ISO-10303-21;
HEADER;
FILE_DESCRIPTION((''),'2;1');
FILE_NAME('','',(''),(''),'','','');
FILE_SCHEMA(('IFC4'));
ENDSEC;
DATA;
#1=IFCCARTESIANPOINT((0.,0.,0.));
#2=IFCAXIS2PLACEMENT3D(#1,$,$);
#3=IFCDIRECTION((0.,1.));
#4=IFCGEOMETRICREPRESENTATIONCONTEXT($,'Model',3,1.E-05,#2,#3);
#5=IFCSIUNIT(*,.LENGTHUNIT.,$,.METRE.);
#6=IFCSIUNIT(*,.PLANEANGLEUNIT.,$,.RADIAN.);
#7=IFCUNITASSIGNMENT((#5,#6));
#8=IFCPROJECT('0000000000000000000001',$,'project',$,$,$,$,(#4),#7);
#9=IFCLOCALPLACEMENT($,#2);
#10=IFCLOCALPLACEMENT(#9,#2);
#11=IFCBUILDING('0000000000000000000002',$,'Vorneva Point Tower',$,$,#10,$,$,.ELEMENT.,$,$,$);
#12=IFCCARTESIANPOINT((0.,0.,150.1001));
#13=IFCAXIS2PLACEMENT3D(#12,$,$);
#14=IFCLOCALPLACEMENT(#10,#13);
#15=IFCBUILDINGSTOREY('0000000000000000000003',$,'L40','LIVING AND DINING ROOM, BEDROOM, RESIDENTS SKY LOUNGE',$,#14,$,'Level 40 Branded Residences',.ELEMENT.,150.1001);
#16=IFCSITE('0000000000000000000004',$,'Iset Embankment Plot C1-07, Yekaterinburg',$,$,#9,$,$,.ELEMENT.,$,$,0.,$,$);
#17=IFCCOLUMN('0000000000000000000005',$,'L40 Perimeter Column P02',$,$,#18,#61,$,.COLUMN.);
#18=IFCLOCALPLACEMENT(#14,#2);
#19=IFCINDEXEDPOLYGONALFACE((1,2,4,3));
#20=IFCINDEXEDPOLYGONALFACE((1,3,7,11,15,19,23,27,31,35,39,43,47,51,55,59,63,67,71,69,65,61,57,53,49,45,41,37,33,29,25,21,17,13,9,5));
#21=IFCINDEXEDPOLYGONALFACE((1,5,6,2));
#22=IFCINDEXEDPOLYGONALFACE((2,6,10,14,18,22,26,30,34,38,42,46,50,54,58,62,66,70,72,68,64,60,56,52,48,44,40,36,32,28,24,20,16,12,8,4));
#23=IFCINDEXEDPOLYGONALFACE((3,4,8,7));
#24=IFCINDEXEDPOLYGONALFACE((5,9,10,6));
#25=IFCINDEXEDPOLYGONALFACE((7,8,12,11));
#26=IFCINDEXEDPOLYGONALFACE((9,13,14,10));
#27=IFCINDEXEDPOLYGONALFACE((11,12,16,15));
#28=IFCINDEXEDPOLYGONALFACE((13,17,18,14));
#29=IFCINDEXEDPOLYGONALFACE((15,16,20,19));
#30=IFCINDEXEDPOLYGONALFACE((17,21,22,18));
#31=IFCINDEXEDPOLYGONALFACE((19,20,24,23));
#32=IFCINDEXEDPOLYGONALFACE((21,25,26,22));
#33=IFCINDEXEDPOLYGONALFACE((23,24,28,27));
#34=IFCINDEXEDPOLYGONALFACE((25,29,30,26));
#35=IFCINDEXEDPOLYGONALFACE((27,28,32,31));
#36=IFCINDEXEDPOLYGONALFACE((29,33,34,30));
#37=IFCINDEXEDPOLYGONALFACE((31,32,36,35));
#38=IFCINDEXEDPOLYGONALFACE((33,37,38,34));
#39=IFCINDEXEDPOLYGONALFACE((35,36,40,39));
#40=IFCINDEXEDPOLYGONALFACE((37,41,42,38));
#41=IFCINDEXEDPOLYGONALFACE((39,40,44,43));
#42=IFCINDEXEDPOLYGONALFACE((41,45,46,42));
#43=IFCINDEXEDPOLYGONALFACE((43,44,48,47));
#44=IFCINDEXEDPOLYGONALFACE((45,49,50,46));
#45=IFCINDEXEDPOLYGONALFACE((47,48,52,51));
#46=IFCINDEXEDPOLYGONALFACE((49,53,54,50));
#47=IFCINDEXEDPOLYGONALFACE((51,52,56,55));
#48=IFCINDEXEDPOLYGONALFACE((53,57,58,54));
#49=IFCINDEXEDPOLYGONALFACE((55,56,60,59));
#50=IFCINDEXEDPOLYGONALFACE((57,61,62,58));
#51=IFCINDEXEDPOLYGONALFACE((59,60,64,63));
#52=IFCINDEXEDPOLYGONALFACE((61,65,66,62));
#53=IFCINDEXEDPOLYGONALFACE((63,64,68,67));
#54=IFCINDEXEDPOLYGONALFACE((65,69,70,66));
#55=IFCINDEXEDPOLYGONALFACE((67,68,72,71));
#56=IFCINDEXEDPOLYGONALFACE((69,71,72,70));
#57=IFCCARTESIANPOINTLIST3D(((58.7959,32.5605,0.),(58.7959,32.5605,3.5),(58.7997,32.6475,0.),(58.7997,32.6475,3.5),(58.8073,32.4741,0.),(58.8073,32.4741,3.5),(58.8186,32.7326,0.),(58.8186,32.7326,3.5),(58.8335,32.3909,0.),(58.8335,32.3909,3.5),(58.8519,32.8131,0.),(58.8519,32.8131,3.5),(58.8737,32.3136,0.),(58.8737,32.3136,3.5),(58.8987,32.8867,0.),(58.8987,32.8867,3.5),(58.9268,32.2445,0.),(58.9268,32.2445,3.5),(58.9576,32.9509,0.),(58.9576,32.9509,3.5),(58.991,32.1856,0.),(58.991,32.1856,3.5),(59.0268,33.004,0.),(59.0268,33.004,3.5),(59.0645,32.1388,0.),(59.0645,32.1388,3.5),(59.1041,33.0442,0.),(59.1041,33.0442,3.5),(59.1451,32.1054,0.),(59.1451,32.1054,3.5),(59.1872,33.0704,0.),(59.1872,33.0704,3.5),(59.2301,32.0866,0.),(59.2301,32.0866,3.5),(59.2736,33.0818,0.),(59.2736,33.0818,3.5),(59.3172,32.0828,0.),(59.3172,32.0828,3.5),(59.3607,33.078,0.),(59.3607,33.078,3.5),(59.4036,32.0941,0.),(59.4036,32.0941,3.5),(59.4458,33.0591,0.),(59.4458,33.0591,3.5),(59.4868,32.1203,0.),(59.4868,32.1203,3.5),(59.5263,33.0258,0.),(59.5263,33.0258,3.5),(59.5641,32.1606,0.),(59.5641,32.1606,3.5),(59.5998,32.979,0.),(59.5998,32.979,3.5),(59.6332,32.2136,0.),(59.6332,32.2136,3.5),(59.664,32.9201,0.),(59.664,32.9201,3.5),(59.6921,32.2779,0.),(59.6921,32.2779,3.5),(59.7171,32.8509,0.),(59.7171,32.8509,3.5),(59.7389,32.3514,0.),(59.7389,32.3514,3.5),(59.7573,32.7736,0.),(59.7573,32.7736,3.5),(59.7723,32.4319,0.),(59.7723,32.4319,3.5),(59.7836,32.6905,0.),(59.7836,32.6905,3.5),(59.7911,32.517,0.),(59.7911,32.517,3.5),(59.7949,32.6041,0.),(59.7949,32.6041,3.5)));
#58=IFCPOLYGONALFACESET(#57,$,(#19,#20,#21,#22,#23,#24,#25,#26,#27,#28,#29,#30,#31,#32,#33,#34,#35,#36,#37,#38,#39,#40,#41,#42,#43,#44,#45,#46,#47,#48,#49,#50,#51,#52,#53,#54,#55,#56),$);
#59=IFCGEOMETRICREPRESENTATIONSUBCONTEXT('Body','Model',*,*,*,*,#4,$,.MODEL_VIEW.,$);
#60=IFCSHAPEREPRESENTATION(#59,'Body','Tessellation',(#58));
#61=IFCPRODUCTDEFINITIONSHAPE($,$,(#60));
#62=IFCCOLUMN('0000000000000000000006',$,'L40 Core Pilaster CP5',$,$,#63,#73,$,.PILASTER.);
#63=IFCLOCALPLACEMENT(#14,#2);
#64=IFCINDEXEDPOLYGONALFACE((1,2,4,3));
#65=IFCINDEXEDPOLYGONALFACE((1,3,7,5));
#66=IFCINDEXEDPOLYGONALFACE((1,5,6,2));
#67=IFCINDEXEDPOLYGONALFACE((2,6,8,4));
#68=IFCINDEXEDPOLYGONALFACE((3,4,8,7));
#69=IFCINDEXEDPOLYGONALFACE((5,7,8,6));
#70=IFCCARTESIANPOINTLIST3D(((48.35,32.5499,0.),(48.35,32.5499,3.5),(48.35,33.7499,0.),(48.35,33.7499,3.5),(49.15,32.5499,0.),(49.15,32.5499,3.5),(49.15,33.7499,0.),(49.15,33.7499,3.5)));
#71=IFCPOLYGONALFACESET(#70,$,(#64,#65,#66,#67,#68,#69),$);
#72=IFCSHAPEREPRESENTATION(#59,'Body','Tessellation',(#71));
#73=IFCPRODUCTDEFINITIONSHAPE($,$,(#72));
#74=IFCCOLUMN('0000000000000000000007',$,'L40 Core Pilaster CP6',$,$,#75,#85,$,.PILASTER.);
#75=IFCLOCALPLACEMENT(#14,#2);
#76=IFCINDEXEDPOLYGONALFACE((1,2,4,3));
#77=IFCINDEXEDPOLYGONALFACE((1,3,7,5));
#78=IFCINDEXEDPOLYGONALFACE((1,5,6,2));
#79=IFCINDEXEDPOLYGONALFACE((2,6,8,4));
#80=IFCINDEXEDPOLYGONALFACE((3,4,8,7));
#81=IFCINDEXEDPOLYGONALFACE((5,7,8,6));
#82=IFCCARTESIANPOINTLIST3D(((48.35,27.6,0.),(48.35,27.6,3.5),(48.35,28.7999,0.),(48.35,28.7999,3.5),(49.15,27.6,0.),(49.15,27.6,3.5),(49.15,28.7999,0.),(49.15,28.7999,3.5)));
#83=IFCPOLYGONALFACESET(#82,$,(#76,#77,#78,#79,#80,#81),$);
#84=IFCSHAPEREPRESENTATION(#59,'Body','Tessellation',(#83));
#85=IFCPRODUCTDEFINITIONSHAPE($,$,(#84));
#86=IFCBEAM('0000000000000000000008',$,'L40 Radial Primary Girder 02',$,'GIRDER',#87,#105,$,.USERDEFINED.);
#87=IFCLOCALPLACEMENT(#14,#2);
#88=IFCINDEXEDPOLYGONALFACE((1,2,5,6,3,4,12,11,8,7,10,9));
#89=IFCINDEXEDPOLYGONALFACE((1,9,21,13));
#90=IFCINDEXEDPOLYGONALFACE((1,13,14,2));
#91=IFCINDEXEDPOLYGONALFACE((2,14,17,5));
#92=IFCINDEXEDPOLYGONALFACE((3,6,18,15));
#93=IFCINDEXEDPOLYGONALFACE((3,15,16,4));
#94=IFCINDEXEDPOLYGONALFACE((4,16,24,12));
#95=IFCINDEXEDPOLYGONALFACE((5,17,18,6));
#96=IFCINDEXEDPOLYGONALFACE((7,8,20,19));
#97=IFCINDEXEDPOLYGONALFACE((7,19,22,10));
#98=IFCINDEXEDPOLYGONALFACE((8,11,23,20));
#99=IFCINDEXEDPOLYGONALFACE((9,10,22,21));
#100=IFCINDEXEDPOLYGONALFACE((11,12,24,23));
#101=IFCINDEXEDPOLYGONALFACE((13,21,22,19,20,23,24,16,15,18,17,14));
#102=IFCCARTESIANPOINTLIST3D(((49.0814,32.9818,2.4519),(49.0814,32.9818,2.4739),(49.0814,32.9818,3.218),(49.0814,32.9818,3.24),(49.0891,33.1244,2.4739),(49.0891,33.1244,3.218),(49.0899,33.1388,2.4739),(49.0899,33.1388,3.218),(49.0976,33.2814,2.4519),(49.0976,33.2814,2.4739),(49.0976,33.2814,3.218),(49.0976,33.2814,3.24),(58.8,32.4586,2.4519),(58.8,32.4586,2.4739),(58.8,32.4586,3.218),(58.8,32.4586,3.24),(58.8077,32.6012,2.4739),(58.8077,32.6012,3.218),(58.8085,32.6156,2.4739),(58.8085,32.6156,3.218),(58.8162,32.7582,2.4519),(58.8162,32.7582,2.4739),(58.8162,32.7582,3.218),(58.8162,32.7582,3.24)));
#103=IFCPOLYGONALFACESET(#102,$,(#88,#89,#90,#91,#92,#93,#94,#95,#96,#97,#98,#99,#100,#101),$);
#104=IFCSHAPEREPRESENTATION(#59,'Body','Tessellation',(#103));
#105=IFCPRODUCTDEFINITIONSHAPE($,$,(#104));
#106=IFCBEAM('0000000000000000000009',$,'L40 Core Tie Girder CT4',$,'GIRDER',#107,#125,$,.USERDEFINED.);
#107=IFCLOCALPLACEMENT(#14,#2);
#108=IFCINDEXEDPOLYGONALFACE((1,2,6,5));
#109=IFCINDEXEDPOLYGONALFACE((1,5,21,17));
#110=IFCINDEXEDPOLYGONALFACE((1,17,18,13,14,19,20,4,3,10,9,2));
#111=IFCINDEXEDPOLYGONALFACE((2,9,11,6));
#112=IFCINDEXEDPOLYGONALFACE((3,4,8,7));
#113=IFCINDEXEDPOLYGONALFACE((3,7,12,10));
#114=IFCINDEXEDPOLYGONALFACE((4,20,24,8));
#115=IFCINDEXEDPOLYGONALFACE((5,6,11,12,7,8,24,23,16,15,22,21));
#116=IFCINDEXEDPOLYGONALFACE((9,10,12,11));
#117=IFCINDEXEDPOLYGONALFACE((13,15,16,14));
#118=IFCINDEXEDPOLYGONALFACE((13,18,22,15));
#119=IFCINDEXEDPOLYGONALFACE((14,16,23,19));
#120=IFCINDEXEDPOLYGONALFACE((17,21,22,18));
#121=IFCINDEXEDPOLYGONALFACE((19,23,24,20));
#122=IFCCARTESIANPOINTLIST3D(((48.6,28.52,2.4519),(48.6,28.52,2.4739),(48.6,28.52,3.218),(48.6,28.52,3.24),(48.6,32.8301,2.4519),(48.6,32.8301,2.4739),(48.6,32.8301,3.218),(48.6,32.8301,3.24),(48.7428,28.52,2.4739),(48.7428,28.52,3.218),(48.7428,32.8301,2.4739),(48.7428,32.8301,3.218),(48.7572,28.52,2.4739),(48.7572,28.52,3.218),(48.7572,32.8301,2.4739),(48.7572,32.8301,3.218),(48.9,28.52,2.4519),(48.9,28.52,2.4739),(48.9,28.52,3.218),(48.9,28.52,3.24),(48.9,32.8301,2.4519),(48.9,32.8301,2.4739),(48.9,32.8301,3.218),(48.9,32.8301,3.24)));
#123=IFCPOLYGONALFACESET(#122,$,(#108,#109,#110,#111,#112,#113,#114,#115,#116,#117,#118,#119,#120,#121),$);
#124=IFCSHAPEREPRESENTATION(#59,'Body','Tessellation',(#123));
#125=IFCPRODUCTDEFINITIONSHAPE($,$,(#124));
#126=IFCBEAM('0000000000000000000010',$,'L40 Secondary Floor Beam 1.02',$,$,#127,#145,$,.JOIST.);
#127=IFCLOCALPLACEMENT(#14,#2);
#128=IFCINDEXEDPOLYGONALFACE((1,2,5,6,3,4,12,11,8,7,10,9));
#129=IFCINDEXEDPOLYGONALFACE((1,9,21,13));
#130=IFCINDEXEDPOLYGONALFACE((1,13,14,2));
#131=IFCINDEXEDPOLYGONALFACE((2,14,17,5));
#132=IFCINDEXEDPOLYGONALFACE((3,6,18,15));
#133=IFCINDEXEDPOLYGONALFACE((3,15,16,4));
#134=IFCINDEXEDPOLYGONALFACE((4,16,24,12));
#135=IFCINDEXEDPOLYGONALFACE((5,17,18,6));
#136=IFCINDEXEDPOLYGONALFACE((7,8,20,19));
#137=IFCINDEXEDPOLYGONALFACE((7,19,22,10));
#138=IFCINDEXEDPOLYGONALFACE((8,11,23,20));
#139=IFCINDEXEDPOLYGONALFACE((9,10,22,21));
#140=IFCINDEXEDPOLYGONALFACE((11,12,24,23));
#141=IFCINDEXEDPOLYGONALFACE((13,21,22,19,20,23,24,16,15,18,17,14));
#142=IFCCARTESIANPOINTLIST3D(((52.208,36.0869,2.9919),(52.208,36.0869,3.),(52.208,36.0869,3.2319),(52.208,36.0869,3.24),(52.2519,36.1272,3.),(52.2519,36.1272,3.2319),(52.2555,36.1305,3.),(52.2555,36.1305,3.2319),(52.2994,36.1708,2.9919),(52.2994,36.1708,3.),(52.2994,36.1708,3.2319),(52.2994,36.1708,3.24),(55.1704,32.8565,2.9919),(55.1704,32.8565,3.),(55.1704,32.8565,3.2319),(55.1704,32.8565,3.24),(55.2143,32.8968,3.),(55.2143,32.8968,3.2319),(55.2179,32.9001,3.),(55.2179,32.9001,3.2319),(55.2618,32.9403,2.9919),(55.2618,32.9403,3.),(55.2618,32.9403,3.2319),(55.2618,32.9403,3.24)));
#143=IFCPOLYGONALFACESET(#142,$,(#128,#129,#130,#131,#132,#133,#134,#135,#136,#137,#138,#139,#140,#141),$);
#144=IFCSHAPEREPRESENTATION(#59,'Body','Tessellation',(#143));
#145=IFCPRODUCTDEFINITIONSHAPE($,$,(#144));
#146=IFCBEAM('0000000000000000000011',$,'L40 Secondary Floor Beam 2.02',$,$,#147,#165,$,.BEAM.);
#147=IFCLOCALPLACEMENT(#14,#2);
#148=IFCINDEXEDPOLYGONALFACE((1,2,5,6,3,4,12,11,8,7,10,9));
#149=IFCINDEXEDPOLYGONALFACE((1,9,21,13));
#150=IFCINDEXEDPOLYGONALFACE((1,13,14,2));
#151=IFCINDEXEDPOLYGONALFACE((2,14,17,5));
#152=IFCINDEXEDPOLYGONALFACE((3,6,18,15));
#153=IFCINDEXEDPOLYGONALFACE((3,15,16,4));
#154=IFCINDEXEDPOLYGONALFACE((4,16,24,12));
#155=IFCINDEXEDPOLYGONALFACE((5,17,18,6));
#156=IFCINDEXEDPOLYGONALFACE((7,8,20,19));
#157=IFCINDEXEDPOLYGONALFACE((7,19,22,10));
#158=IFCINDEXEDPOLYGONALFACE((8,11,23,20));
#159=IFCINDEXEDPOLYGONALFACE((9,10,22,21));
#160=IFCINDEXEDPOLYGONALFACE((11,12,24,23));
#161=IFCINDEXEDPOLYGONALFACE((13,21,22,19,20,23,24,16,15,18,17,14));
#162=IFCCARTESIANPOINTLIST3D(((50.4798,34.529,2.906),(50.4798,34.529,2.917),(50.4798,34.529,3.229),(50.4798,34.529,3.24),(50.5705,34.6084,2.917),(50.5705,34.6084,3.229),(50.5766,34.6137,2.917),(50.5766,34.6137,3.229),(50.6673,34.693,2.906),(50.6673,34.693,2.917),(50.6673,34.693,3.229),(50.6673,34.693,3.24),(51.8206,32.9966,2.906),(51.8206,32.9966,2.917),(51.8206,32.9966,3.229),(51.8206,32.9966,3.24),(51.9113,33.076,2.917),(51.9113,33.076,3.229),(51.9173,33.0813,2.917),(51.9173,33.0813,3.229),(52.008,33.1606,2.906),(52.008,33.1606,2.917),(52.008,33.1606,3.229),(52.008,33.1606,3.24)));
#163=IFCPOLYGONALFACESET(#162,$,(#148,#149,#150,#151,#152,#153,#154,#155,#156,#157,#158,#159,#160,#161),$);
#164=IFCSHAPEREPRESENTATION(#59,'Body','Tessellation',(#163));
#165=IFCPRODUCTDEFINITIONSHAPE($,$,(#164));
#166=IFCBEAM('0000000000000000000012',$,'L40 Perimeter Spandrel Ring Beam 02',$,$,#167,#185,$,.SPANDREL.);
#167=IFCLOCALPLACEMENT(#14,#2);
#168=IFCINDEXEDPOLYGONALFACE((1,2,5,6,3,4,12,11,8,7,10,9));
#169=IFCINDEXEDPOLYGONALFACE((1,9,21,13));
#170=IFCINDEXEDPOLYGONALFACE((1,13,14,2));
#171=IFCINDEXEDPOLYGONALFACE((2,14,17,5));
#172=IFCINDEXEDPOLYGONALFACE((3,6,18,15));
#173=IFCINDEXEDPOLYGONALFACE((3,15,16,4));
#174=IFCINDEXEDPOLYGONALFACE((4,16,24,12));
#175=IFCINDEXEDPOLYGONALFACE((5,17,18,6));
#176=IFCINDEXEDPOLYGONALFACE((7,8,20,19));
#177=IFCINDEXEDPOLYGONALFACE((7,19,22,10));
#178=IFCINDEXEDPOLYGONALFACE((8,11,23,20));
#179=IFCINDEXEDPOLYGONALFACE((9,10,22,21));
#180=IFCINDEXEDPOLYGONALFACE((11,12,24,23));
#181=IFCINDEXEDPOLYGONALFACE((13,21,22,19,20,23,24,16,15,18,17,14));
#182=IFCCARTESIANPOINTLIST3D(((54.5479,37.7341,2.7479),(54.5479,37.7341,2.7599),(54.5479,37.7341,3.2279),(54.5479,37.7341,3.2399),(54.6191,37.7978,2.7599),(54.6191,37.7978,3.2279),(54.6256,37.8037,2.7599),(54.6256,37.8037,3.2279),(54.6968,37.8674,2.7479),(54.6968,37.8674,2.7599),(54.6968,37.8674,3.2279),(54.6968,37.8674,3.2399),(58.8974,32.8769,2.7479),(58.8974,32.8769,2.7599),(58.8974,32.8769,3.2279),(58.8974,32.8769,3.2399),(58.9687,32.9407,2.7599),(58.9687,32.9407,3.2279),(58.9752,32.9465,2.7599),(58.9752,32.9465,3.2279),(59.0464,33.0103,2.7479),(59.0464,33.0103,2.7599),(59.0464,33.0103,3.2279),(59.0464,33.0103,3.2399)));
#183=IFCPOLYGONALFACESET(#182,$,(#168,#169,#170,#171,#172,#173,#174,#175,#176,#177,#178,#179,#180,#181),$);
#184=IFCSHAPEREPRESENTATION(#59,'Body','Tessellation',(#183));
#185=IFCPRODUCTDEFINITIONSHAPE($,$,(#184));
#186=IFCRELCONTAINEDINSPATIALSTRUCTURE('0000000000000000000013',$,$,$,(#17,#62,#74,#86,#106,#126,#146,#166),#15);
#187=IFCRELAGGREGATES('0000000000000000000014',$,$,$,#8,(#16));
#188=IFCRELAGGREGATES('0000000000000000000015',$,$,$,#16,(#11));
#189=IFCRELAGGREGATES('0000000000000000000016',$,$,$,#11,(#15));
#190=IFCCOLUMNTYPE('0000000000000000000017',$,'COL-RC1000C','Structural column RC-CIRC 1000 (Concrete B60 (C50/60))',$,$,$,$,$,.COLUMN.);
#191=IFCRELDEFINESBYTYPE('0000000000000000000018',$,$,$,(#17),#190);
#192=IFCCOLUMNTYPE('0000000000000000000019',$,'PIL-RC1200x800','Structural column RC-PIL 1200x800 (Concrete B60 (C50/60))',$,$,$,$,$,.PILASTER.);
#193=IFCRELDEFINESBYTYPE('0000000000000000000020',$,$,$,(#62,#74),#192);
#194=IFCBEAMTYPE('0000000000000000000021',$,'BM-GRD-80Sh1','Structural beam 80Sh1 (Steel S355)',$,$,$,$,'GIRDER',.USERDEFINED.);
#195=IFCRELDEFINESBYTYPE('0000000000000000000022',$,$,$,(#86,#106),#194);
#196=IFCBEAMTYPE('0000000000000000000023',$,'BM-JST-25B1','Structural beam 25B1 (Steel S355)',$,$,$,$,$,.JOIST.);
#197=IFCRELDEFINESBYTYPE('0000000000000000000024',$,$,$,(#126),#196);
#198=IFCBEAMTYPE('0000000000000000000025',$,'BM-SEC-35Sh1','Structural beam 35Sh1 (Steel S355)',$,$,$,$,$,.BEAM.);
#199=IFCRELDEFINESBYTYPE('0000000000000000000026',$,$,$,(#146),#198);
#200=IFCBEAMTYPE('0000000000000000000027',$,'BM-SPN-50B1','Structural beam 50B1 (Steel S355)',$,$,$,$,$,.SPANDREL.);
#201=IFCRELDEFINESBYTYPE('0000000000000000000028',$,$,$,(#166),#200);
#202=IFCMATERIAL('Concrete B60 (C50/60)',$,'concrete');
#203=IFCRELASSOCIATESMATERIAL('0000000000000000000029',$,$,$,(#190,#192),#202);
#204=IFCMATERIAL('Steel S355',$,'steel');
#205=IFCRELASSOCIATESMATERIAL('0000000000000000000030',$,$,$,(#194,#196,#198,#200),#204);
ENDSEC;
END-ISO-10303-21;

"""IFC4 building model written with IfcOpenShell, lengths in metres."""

from ifc_helpers import new_model, si_unit, direction, frame, origin, origin_2d, place, context, subcontext, project, spatial, rectangle, circle, i_section, extrude, material, material_profile, profile_set, type_object, element, save


model = new_model("IFC4")

# Units and contexts
model_context = context("Model", 3, precision=1e-05, world=origin(), true_north=direction((0.0, 1.0)))
body_context = subcontext(model_context, "Body", "Model", "MODEL_VIEW")
ifc_project = project(units=[si_unit("LENGTHUNIT", "METRE"), si_unit("PLANEANGLEUNIT", "RADIAN")], contexts=[model_context])

# Site, building, storey
site_placement = place(None, origin())
site = spatial("IfcSite", under=ifc_project, at=site_placement, Name="Iset Embankment Plot C1-07, Yekaterinburg", CompositionType="ELEMENT", RefElevation=0.0)
building_placement = place(site_placement, origin())
building = spatial("IfcBuilding", under=site, at=building_placement, Name="Vorneva Point Tower", CompositionType="ELEMENT")
storey_placement = place(building_placement, frame((0.0, 0.0, 150.1001)))
storey = spatial("IfcBuildingStorey", under=building, at=storey_placement, Name="L40", Description="LIVING AND DINING ROOM, BEDROOM, RESIDENTS SKY LOUNGE", LongName="Level 40 Branded Residences", CompositionType="ELEMENT", Elevation=150.1001)

# Columns
ifc_material_1 = material(Name="Concrete B60 (C50/60)", Category="concrete")
ifc_material_profile_1 = material_profile(ifc_material_1, circle(Radius=0.5, at=origin_2d()), Name="RC-CIRC 1000")
ifc_profile_set_1 = profile_set([ifc_material_profile_1], Name="Concrete B60 (C50/60)")
column_type_1 = type_object("IfcColumnType", Name="COL-RC1000C", Description="Structural column RC-CIRC 1000 (Concrete B60 (C50/60))", PredefinedType="COLUMN", material=ifc_profile_set_1)
column_placement = place(storey_placement, frame((59.2954, 32.5823, 0.0), z_axis=(0.0, 0.0, 1.0), x_axis=(0.92388, 0.382683, 0.0)))
element("IfcColumn", 1, at=column_placement, inside=storey, type_object=column_type_1, Name="L40 Perimeter Column P02", PredefinedType="COLUMN", context=body_context, shape_type="SweptSolid", body=[
    extrude(circle(Radius=0.5, at=origin_2d()), origin(), (0.0, 0.0, 1.0), 3.5),
])
ifc_material_profile_2 = material_profile(ifc_material_1, rectangle(XDim=0.8, YDim=1.2, at=origin_2d()), Name="RC-PIL 1200x800")
ifc_profile_set_2 = profile_set([ifc_material_profile_2], Name="Concrete B60 (C50/60)")
column_type_2 = type_object("IfcColumnType", Name="PIL-RC1200x800", Description="Structural column RC-PIL 1200x800 (Concrete B60 (C50/60))", PredefinedType="PILASTER", material=ifc_profile_set_2)
for number, where, z_axis, x_axis, name in (
    (2, (48.75, 33.1499, 0.0), (0.0, 0.0, 1.0), (1.0, 0.0, 0.0), "L40 Core Pilaster CP5"),
    (3, (48.75, 28.2, 0.0), (0.0, 0.0, 1.0), (1.0, 0.0, 0.0), "L40 Core Pilaster CP6"),
):
    element("IfcColumn", number, at=place(storey_placement, frame(where, z_axis=z_axis, x_axis=x_axis)), inside=storey, type_object=column_type_2, Name=name, PredefinedType="PILASTER", context=body_context, shape_type="SweptSolid", body=[
        extrude(rectangle(XDim=0.8, YDim=1.2, at=origin_2d()), origin(), (0.0, 0.0, 1.0), 3.5),
    ])

# Beams
ifc_material_2 = material(Name="Steel S355", Category="steel")
ifc_material_profile_3 = material_profile(ifc_material_2, i_section(OverallWidth=0.3, OverallDepth=0.7881, WebThickness=0.0144, FlangeThickness=0.022, at=origin_2d()), Name="80Sh1")
ifc_profile_set_3 = profile_set([ifc_material_profile_3], Name="Steel S355")
beam_type_1 = type_object("IfcBeamType", Name="BM-GRD-80Sh1", Description="Structural beam 80Sh1 (Steel S355)", ElementType="GIRDER", PredefinedType="USERDEFINED", material=ifc_profile_set_3)
beam_1_placement = place(storey_placement, frame((58.8081, 32.6084, 2.8459), z_axis=(-0.998554, 0.053757, 0.0), x_axis=(-0.053757, -0.998554, 0.0)))
element("IfcBeam", 4, at=beam_1_placement, inside=storey, type_object=beam_type_1, Name="L40 Radial Primary Girder 02", ObjectType="GIRDER", PredefinedType="USERDEFINED", context=body_context, shape_type="SweptSolid", body=[
    extrude(i_section(OverallWidth=0.3, OverallDepth=0.7881, WebThickness=0.0144, FlangeThickness=0.022, at=origin_2d()), origin(), (0.0, 0.0, 1.0), 9.7327),
])
beam_2_placement = place(storey_placement, frame((48.75, 28.52, 2.8459), z_axis=(0.0, 1.0, 0.0), x_axis=(-1.0, 0.0, 0.0)))
element("IfcBeam", 5, at=beam_2_placement, inside=storey, type_object=beam_type_1, Name="L40 Core Tie Girder CT4", ObjectType="GIRDER", PredefinedType="USERDEFINED", context=body_context, shape_type="SweptSolid", body=[
    extrude(i_section(OverallWidth=0.3, OverallDepth=0.7881, WebThickness=0.0144, FlangeThickness=0.022, at=origin_2d()), origin(), (0.0, 0.0, 1.0), 4.3101),
])
ifc_material_profile_4 = material_profile(ifc_material_2, i_section(OverallWidth=0.124, OverallDepth=0.248, WebThickness=0.0049, FlangeThickness=0.0081, at=origin_2d()), Name="25B1")
ifc_profile_set_4 = profile_set([ifc_material_profile_4], Name="Steel S355")
beam_type_2 = type_object("IfcBeamType", Name="BM-JST-25B1", Description="Structural beam 25B1 (Steel S355)", PredefinedType="JOIST", material=ifc_profile_set_4)
beam_3_placement = place(storey_placement, frame((55.2161, 32.8984, 3.116), z_axis=(-0.675866, 0.737025, 0.0), x_axis=(-0.737025, -0.675866, 0.0)))
element("IfcBeam", 6, at=beam_3_placement, inside=storey, type_object=beam_type_2, Name="L40 Secondary Floor Beam 1.02", PredefinedType="JOIST", context=body_context, shape_type="SweptSolid", body=[
    extrude(i_section(OverallWidth=0.124, OverallDepth=0.248, WebThickness=0.0049, FlangeThickness=0.0081, at=origin_2d()), origin(), (0.0, 0.0, 1.0), 4.3831),
])
ifc_material_profile_5 = material_profile(ifc_material_2, i_section(OverallWidth=0.249, OverallDepth=0.334, WebThickness=0.0081, FlangeThickness=0.011, at=origin_2d()), Name="35Sh1")
ifc_profile_set_5 = profile_set([ifc_material_profile_5], Name="Steel S355")
beam_type_3 = type_object("IfcBeamType", Name="BM-SEC-35Sh1", Description="Structural beam 35Sh1 (Steel S355)", PredefinedType="BEAM", material=ifc_profile_set_5)
beam_4_placement = place(storey_placement, frame((51.9143, 33.0786, 3.073), z_axis=(-0.658479, 0.752599, 0.0), x_axis=(-0.752599, -0.658479, 0.0)))
element("IfcBeam", 7, at=beam_4_placement, inside=storey, type_object=beam_type_3, Name="L40 Secondary Floor Beam 2.02", PredefinedType="BEAM", context=body_context, shape_type="SweptSolid", body=[
    extrude(i_section(OverallWidth=0.249, OverallDepth=0.334, WebThickness=0.0081, FlangeThickness=0.011, at=origin_2d()), origin(), (0.0, 0.0, 1.0), 2.0361),
])
ifc_material_profile_6 = material_profile(ifc_material_2, i_section(OverallWidth=0.2, OverallDepth=0.4919, WebThickness=0.0088, FlangeThickness=0.012, at=origin_2d()), Name="50B1")
ifc_profile_set_6 = profile_set([ifc_material_profile_6], Name="Steel S355")
beam_type_4 = type_object("IfcBeamType", Name="BM-SPN-50B1", Description="Structural beam 50B1 (Steel S355)", PredefinedType="SPANDREL", material=ifc_profile_set_6)
beam_5_placement = place(storey_placement, frame((58.9719, 32.9436, 2.9939), z_axis=(-0.667111, 0.744958, 0.0), x_axis=(-0.744958, -0.667111, 0.0)))
element("IfcBeam", 8, at=beam_5_placement, inside=storey, type_object=beam_type_4, Name="L40 Perimeter Spandrel Ring Beam 02", PredefinedType="SPANDREL", context=body_context, shape_type="SweptSolid", body=[
    extrude(i_section(OverallWidth=0.2, OverallDepth=0.4919, WebThickness=0.0088, FlangeThickness=0.012, at=origin_2d()), origin(), (0.0, 0.0, 1.0), 6.52),
])

save(model, "model.ifc")
